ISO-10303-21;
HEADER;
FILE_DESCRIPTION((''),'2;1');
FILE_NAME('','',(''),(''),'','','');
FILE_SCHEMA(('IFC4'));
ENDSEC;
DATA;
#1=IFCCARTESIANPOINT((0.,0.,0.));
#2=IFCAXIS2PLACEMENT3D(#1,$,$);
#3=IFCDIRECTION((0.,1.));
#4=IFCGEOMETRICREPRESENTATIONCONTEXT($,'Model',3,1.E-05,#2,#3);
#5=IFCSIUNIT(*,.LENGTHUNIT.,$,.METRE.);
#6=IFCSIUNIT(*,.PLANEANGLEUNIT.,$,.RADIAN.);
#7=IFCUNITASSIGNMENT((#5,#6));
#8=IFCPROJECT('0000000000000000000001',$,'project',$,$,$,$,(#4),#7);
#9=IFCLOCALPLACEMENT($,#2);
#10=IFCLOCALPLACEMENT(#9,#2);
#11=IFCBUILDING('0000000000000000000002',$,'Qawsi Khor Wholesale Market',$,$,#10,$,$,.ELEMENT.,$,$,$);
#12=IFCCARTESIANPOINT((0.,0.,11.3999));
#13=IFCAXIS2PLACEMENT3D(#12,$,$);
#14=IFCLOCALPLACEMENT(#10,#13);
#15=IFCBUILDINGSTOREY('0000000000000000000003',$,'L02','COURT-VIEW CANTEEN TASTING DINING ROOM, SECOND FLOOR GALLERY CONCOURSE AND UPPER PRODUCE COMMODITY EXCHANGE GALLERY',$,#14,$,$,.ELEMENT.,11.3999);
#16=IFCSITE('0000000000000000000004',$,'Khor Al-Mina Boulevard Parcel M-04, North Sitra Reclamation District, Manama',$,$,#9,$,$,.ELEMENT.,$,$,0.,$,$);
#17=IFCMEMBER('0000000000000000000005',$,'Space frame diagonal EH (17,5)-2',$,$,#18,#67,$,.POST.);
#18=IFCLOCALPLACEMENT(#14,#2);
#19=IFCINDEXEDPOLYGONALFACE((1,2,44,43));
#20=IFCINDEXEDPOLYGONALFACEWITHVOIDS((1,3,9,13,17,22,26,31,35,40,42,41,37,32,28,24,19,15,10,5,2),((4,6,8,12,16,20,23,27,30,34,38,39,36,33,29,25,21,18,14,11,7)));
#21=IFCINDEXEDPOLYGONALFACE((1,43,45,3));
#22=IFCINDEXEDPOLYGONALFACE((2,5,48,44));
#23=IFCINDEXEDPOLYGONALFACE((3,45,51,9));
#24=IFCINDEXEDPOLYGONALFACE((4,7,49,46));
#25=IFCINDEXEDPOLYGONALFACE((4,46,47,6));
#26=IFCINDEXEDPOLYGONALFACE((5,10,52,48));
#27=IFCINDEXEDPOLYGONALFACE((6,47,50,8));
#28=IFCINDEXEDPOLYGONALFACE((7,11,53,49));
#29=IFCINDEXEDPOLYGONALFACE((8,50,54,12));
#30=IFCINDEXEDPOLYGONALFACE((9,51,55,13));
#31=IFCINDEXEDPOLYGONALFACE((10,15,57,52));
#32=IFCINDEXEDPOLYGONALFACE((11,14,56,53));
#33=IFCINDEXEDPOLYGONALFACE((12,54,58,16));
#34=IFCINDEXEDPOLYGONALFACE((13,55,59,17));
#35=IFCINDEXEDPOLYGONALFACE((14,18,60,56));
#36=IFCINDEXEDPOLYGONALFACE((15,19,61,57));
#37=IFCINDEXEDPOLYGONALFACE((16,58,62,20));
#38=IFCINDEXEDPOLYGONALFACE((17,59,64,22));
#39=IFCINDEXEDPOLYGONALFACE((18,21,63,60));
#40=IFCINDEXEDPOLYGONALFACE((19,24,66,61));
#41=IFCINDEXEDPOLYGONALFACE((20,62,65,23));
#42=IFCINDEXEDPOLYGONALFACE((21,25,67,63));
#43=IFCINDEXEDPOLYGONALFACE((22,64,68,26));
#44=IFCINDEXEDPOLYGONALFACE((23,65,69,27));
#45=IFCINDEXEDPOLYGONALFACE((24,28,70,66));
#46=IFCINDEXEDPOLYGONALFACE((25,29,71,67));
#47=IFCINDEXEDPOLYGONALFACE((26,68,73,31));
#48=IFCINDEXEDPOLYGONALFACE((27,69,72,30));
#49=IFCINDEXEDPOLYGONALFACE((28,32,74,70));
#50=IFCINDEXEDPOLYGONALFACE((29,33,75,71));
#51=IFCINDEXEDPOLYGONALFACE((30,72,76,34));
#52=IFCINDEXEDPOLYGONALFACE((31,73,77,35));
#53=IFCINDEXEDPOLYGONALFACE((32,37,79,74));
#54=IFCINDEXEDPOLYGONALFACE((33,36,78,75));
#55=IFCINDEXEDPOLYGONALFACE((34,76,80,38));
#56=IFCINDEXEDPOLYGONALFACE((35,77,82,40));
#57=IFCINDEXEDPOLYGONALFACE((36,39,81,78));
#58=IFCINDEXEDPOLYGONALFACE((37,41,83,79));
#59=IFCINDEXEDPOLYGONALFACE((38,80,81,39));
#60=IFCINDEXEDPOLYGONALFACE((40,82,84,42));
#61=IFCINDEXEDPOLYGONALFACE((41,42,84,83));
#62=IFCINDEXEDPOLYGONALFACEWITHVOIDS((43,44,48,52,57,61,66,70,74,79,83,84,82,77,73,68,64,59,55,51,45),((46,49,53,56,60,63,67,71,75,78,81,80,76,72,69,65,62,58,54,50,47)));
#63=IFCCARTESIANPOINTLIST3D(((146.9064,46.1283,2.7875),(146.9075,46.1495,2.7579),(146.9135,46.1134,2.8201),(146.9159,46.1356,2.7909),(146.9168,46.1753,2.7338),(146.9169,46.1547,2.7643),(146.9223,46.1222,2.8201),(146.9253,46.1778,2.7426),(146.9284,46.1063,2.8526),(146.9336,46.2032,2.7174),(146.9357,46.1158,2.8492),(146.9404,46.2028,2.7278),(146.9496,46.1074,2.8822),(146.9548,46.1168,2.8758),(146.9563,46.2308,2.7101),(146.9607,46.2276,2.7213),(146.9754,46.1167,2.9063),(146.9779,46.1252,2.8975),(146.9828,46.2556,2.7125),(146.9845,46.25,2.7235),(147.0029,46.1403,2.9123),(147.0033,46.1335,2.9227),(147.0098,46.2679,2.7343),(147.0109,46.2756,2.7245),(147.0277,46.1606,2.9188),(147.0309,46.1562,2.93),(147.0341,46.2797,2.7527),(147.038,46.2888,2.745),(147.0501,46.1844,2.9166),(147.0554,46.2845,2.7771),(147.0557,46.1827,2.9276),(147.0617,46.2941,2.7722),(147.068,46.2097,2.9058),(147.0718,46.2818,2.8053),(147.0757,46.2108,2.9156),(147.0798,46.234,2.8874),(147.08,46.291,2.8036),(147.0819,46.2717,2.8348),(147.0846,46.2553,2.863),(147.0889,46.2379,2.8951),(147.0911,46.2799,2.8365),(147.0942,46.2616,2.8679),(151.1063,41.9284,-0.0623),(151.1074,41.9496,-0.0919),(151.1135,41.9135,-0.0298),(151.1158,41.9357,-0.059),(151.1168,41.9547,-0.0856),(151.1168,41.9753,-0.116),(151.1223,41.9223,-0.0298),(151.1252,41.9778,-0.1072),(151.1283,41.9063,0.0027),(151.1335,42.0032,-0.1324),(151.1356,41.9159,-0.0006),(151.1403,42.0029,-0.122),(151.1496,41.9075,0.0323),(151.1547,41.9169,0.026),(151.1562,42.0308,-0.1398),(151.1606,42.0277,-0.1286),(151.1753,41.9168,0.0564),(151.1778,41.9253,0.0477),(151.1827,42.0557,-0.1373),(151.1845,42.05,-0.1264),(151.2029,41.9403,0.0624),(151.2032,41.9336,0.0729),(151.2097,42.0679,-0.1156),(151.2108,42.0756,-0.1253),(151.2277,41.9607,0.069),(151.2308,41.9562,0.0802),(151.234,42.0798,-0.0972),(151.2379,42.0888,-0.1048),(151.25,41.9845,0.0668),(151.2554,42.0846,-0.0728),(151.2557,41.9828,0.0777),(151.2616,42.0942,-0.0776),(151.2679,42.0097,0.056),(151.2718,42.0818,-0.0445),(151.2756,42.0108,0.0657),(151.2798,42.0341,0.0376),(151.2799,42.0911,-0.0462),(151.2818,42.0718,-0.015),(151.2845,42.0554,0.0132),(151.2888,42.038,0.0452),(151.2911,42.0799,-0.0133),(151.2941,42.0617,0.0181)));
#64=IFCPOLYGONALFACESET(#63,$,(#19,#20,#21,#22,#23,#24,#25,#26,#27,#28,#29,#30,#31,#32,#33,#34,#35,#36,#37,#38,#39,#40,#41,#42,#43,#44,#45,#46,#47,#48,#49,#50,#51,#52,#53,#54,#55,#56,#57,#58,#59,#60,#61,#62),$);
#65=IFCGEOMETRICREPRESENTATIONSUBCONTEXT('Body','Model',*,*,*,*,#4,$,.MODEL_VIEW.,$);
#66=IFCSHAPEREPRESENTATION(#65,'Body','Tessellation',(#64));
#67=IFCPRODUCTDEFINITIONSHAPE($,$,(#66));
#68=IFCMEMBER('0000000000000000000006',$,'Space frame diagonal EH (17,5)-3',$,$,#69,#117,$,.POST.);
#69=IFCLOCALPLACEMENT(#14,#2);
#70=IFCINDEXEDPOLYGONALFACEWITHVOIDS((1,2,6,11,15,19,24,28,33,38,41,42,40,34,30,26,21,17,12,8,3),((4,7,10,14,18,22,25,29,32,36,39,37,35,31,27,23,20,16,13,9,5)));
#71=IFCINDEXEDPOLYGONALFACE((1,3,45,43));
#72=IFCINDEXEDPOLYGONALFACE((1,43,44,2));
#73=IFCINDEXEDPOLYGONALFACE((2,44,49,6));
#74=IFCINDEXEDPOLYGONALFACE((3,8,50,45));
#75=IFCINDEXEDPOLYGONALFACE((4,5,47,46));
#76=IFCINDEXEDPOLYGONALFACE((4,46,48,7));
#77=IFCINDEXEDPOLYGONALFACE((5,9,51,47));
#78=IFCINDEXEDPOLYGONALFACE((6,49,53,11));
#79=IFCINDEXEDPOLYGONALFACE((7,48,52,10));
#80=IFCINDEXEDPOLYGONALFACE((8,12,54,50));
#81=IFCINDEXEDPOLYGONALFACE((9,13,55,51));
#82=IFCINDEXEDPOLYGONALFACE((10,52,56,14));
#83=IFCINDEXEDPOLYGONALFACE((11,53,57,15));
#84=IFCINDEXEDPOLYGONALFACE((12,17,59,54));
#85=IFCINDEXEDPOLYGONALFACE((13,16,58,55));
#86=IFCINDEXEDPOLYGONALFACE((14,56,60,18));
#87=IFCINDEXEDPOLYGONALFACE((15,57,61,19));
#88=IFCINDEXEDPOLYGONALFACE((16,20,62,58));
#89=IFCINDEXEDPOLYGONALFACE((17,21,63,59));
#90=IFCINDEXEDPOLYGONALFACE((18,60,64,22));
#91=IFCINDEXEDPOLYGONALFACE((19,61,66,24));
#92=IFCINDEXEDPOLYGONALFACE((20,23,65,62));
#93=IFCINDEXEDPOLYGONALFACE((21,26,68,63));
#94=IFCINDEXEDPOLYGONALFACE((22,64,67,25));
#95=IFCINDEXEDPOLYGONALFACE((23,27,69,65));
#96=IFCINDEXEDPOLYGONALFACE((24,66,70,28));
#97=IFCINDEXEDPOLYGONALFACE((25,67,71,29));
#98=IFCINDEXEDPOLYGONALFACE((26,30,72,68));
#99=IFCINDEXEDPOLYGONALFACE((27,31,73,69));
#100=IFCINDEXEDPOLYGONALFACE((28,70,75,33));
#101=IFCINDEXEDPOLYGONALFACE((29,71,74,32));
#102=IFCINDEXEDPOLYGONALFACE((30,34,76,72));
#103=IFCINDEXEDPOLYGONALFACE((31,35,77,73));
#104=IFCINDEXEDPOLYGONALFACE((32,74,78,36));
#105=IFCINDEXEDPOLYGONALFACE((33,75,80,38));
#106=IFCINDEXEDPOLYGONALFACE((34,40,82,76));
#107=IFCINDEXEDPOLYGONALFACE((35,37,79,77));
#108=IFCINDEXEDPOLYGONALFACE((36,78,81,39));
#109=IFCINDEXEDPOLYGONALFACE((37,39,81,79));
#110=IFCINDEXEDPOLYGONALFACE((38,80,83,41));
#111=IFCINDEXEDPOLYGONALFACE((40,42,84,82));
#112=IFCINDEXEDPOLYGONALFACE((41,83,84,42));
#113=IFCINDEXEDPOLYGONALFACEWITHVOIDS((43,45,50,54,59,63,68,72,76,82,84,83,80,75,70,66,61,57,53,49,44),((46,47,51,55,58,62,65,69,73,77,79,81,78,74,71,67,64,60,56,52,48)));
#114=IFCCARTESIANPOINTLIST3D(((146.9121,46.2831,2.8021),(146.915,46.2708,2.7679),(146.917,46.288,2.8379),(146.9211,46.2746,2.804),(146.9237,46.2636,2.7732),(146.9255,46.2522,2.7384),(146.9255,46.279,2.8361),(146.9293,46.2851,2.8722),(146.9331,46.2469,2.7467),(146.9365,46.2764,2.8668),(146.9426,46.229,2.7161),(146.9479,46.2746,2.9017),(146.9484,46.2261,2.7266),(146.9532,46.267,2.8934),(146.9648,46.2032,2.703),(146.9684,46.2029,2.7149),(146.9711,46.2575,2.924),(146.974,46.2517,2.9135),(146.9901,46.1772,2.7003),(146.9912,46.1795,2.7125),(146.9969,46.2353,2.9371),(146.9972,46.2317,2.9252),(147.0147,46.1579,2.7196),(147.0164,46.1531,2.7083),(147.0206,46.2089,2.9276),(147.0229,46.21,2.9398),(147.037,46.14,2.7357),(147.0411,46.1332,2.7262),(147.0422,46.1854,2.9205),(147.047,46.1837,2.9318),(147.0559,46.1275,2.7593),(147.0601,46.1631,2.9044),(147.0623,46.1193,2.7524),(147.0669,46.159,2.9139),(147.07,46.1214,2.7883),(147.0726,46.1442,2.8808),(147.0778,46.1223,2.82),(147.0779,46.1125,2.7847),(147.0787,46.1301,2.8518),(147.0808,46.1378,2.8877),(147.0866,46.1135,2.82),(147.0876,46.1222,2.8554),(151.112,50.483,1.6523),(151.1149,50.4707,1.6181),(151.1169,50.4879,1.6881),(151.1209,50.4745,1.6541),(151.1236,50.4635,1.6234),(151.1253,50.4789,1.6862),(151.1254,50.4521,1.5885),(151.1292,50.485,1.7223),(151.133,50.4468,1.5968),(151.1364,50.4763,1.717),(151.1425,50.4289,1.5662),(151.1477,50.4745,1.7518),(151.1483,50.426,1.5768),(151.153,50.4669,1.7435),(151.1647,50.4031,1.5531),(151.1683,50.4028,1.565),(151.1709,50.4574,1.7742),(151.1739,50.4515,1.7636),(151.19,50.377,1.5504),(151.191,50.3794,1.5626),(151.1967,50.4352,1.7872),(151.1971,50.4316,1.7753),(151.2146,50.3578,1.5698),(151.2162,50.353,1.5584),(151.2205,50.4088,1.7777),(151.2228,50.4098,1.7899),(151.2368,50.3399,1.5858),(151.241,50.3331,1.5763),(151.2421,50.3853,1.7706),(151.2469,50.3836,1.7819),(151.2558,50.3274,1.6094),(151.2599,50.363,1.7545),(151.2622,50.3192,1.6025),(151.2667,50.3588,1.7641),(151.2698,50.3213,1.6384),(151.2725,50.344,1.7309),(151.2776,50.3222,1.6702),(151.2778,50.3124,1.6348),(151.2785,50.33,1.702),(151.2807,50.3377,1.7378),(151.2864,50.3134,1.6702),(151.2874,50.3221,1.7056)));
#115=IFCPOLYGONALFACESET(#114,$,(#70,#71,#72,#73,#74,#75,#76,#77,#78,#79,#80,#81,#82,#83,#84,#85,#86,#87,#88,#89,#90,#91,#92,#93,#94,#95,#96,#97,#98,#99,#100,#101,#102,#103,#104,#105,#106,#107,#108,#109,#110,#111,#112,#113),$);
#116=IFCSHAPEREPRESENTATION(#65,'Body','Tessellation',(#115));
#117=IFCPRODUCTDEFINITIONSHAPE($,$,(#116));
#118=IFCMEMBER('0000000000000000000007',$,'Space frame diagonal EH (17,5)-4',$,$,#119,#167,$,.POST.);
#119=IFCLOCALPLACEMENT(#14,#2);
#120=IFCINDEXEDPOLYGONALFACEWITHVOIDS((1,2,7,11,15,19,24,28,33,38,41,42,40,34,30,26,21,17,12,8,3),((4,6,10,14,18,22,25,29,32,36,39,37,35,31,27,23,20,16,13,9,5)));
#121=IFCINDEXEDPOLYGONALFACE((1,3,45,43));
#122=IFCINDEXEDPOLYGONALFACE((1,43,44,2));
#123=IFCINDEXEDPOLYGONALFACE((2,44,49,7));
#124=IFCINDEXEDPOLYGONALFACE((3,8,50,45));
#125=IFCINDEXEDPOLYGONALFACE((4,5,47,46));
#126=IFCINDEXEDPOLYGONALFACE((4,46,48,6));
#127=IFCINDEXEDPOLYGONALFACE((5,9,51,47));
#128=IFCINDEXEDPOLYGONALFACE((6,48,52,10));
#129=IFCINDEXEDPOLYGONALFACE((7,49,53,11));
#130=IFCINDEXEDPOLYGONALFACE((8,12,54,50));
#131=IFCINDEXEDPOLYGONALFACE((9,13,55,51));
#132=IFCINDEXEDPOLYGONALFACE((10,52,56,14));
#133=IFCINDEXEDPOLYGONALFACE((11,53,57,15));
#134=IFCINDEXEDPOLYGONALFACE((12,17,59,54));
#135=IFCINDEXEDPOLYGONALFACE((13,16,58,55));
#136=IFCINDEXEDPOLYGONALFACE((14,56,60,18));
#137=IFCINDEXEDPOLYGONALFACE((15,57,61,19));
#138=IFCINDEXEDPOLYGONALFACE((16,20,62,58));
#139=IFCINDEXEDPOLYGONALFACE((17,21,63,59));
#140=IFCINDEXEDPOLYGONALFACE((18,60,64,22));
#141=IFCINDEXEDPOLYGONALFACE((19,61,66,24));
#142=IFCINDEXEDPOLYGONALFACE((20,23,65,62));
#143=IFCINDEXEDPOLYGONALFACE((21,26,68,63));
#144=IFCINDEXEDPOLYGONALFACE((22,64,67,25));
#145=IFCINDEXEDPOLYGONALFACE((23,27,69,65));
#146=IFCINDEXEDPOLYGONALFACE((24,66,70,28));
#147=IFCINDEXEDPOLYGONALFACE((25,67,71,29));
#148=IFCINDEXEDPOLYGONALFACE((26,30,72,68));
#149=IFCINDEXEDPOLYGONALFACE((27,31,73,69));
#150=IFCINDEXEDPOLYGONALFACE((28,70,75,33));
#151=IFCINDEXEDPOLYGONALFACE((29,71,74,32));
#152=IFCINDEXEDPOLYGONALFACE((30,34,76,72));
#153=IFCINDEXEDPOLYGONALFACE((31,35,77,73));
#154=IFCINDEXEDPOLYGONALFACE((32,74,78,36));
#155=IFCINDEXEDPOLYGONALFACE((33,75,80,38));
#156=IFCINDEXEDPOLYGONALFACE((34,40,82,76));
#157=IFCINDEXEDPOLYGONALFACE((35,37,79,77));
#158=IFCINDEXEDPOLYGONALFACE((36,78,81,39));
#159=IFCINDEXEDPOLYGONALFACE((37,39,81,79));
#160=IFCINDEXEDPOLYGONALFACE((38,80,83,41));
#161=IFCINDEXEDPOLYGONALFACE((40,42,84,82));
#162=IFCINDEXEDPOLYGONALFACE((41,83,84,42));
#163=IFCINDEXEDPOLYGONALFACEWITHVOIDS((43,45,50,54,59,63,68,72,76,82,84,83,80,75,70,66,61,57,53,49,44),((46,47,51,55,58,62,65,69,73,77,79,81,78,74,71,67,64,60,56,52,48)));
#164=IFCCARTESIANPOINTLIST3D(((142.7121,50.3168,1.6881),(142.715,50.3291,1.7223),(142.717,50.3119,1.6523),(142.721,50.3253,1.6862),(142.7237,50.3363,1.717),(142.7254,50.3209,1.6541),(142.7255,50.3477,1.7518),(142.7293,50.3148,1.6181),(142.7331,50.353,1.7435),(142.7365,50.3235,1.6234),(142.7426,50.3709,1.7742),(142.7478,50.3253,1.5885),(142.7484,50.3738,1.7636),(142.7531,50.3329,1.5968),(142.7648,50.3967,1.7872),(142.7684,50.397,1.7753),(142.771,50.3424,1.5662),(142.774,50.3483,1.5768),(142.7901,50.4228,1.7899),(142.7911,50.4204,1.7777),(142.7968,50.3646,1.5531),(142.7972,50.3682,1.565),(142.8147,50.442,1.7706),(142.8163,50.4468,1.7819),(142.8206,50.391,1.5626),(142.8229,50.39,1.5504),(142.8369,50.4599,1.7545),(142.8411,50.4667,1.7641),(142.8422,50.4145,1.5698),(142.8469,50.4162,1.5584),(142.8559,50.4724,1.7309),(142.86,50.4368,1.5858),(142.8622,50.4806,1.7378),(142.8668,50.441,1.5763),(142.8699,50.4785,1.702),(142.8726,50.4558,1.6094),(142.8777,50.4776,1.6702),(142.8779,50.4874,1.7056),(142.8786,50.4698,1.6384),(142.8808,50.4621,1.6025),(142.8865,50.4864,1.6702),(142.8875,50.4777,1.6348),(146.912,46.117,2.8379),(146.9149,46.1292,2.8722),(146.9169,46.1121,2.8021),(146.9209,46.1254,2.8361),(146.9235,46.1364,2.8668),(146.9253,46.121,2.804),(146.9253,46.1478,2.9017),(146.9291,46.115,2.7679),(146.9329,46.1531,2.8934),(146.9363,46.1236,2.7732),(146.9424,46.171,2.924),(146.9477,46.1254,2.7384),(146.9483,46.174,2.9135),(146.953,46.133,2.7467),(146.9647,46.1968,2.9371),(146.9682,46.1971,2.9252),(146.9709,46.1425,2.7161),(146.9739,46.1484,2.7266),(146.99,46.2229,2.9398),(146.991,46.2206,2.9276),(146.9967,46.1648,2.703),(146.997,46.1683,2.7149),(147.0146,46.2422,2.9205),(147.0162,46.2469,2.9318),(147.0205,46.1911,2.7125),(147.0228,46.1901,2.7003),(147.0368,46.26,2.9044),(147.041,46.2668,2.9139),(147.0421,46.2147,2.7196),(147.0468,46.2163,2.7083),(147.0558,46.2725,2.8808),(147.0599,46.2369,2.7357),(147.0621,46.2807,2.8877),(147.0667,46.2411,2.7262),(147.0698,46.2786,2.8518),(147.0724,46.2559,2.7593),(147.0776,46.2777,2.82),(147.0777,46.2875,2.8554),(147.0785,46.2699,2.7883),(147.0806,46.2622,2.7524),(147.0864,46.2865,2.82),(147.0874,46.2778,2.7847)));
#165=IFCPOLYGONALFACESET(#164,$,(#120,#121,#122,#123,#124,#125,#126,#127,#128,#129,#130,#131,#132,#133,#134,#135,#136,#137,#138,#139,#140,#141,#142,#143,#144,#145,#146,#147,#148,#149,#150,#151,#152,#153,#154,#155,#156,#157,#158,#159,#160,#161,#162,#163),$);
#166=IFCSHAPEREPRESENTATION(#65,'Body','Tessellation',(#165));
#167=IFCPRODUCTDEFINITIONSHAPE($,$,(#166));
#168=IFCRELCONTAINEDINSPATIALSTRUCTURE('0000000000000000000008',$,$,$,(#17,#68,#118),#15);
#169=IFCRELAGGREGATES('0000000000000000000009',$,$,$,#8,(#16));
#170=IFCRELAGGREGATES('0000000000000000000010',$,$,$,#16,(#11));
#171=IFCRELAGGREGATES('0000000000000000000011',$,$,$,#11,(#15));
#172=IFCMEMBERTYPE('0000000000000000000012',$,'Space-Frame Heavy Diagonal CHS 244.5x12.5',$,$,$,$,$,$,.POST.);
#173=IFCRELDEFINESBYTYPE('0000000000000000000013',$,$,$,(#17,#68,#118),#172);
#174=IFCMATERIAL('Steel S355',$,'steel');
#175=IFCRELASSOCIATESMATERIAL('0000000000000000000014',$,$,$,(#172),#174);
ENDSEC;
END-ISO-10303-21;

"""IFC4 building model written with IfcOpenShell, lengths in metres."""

from ifc_helpers import new_model, si_unit, direction, frame, origin, origin_2d, place, context, subcontext, project, spatial, hollow_circle, extrude, material, material_profile, profile_set, type_object, element, save


model = new_model("IFC4")

# Units and contexts
model_context = context("Model", 3, precision=1e-05, world=origin(), true_north=direction((0.0, 1.0)))
body_context = subcontext(model_context, "Body", "Model", "MODEL_VIEW")
ifc_project = project(units=[si_unit("LENGTHUNIT", "METRE"), si_unit("PLANEANGLEUNIT", "RADIAN")], contexts=[model_context])

# Site, building, storey
site_placement = place(None, origin())
site = spatial("IfcSite", under=ifc_project, at=site_placement, Name="Khor Al-Mina Boulevard Parcel M-04, North Sitra Reclamation District, Manama", CompositionType="ELEMENT", RefElevation=0.0)
building_placement = place(site_placement, origin())
building = spatial("IfcBuilding", under=site, at=building_placement, Name="Qawsi Khor Wholesale Market", CompositionType="ELEMENT")
storey_placement = place(building_placement, frame((0.0, 0.0, 11.3999)))
storey = spatial("IfcBuildingStorey", under=building, at=storey_placement, Name="L02", Description="COURT-VIEW CANTEEN TASTING DINING ROOM, SECOND FLOOR GALLERY CONCOURSE AND UPPER PRODUCE COMMODITY EXCHANGE GALLERY", CompositionType="ELEMENT", Elevation=11.3999)

# Members
ifc_material_1 = material(Name="Steel S355", Category="steel")
ifc_material_profile_1 = material_profile(ifc_material_1, hollow_circle(Radius=0.1223, WallThickness=0.0125, at=origin_2d()), Name="CHS 244.5x12.5")
ifc_profile_set_1 = profile_set([ifc_material_profile_1], Name="Steel S355")
member_type_1 = type_object("IfcMemberType", Name="Space-Frame Heavy Diagonal CHS 244.5x12.5", PredefinedType="POST", material=ifc_profile_set_1)
member_1_placement = place(storey_placement, frame((151.2, 42.0, -0.0298), z_axis=(-0.637522, 0.637522, 0.432587), x_axis=(-0.707107, -0.707107, 0.0)))
element("IfcMember", 1, at=member_1_placement, inside=storey, type_object=member_type_1, Name="Space frame diagonal EH (17,5)-2", PredefinedType="POST", context=body_context, shape_type="SweptSolid", body=[
    extrude(hollow_circle(Radius=0.1223, WallThickness=0.0125, at=origin_2d()), origin(), (0.0, 0.0, 1.0), 6.5879),
])
for number, where, z_axis, x_axis, name in (
    (2, (151.2, 50.3999, 1.6702), (-0.694217, -0.694217, 0.190069), (0.707107, -0.707107, 0.0), "Space frame diagonal EH (17,5)-3"),
    (3, (142.8, 50.3999, 1.6702), (0.694217, -0.694217, 0.190069), (0.707107, 0.707107, 0.0), "Space frame diagonal EH (17,5)-4"),
):
    element("IfcMember", number, at=place(storey_placement, frame(where, z_axis=z_axis, x_axis=x_axis)), inside=storey, type_object=member_type_1, Name=name, PredefinedType="POST", context=body_context, shape_type="SweptSolid", body=[
        extrude(hollow_circle(Radius=0.1223, WallThickness=0.0125, at=origin_2d()), origin(), (0.0, 0.0, 1.0), 6.0498),
    ])

save(model, "model.ifc")
